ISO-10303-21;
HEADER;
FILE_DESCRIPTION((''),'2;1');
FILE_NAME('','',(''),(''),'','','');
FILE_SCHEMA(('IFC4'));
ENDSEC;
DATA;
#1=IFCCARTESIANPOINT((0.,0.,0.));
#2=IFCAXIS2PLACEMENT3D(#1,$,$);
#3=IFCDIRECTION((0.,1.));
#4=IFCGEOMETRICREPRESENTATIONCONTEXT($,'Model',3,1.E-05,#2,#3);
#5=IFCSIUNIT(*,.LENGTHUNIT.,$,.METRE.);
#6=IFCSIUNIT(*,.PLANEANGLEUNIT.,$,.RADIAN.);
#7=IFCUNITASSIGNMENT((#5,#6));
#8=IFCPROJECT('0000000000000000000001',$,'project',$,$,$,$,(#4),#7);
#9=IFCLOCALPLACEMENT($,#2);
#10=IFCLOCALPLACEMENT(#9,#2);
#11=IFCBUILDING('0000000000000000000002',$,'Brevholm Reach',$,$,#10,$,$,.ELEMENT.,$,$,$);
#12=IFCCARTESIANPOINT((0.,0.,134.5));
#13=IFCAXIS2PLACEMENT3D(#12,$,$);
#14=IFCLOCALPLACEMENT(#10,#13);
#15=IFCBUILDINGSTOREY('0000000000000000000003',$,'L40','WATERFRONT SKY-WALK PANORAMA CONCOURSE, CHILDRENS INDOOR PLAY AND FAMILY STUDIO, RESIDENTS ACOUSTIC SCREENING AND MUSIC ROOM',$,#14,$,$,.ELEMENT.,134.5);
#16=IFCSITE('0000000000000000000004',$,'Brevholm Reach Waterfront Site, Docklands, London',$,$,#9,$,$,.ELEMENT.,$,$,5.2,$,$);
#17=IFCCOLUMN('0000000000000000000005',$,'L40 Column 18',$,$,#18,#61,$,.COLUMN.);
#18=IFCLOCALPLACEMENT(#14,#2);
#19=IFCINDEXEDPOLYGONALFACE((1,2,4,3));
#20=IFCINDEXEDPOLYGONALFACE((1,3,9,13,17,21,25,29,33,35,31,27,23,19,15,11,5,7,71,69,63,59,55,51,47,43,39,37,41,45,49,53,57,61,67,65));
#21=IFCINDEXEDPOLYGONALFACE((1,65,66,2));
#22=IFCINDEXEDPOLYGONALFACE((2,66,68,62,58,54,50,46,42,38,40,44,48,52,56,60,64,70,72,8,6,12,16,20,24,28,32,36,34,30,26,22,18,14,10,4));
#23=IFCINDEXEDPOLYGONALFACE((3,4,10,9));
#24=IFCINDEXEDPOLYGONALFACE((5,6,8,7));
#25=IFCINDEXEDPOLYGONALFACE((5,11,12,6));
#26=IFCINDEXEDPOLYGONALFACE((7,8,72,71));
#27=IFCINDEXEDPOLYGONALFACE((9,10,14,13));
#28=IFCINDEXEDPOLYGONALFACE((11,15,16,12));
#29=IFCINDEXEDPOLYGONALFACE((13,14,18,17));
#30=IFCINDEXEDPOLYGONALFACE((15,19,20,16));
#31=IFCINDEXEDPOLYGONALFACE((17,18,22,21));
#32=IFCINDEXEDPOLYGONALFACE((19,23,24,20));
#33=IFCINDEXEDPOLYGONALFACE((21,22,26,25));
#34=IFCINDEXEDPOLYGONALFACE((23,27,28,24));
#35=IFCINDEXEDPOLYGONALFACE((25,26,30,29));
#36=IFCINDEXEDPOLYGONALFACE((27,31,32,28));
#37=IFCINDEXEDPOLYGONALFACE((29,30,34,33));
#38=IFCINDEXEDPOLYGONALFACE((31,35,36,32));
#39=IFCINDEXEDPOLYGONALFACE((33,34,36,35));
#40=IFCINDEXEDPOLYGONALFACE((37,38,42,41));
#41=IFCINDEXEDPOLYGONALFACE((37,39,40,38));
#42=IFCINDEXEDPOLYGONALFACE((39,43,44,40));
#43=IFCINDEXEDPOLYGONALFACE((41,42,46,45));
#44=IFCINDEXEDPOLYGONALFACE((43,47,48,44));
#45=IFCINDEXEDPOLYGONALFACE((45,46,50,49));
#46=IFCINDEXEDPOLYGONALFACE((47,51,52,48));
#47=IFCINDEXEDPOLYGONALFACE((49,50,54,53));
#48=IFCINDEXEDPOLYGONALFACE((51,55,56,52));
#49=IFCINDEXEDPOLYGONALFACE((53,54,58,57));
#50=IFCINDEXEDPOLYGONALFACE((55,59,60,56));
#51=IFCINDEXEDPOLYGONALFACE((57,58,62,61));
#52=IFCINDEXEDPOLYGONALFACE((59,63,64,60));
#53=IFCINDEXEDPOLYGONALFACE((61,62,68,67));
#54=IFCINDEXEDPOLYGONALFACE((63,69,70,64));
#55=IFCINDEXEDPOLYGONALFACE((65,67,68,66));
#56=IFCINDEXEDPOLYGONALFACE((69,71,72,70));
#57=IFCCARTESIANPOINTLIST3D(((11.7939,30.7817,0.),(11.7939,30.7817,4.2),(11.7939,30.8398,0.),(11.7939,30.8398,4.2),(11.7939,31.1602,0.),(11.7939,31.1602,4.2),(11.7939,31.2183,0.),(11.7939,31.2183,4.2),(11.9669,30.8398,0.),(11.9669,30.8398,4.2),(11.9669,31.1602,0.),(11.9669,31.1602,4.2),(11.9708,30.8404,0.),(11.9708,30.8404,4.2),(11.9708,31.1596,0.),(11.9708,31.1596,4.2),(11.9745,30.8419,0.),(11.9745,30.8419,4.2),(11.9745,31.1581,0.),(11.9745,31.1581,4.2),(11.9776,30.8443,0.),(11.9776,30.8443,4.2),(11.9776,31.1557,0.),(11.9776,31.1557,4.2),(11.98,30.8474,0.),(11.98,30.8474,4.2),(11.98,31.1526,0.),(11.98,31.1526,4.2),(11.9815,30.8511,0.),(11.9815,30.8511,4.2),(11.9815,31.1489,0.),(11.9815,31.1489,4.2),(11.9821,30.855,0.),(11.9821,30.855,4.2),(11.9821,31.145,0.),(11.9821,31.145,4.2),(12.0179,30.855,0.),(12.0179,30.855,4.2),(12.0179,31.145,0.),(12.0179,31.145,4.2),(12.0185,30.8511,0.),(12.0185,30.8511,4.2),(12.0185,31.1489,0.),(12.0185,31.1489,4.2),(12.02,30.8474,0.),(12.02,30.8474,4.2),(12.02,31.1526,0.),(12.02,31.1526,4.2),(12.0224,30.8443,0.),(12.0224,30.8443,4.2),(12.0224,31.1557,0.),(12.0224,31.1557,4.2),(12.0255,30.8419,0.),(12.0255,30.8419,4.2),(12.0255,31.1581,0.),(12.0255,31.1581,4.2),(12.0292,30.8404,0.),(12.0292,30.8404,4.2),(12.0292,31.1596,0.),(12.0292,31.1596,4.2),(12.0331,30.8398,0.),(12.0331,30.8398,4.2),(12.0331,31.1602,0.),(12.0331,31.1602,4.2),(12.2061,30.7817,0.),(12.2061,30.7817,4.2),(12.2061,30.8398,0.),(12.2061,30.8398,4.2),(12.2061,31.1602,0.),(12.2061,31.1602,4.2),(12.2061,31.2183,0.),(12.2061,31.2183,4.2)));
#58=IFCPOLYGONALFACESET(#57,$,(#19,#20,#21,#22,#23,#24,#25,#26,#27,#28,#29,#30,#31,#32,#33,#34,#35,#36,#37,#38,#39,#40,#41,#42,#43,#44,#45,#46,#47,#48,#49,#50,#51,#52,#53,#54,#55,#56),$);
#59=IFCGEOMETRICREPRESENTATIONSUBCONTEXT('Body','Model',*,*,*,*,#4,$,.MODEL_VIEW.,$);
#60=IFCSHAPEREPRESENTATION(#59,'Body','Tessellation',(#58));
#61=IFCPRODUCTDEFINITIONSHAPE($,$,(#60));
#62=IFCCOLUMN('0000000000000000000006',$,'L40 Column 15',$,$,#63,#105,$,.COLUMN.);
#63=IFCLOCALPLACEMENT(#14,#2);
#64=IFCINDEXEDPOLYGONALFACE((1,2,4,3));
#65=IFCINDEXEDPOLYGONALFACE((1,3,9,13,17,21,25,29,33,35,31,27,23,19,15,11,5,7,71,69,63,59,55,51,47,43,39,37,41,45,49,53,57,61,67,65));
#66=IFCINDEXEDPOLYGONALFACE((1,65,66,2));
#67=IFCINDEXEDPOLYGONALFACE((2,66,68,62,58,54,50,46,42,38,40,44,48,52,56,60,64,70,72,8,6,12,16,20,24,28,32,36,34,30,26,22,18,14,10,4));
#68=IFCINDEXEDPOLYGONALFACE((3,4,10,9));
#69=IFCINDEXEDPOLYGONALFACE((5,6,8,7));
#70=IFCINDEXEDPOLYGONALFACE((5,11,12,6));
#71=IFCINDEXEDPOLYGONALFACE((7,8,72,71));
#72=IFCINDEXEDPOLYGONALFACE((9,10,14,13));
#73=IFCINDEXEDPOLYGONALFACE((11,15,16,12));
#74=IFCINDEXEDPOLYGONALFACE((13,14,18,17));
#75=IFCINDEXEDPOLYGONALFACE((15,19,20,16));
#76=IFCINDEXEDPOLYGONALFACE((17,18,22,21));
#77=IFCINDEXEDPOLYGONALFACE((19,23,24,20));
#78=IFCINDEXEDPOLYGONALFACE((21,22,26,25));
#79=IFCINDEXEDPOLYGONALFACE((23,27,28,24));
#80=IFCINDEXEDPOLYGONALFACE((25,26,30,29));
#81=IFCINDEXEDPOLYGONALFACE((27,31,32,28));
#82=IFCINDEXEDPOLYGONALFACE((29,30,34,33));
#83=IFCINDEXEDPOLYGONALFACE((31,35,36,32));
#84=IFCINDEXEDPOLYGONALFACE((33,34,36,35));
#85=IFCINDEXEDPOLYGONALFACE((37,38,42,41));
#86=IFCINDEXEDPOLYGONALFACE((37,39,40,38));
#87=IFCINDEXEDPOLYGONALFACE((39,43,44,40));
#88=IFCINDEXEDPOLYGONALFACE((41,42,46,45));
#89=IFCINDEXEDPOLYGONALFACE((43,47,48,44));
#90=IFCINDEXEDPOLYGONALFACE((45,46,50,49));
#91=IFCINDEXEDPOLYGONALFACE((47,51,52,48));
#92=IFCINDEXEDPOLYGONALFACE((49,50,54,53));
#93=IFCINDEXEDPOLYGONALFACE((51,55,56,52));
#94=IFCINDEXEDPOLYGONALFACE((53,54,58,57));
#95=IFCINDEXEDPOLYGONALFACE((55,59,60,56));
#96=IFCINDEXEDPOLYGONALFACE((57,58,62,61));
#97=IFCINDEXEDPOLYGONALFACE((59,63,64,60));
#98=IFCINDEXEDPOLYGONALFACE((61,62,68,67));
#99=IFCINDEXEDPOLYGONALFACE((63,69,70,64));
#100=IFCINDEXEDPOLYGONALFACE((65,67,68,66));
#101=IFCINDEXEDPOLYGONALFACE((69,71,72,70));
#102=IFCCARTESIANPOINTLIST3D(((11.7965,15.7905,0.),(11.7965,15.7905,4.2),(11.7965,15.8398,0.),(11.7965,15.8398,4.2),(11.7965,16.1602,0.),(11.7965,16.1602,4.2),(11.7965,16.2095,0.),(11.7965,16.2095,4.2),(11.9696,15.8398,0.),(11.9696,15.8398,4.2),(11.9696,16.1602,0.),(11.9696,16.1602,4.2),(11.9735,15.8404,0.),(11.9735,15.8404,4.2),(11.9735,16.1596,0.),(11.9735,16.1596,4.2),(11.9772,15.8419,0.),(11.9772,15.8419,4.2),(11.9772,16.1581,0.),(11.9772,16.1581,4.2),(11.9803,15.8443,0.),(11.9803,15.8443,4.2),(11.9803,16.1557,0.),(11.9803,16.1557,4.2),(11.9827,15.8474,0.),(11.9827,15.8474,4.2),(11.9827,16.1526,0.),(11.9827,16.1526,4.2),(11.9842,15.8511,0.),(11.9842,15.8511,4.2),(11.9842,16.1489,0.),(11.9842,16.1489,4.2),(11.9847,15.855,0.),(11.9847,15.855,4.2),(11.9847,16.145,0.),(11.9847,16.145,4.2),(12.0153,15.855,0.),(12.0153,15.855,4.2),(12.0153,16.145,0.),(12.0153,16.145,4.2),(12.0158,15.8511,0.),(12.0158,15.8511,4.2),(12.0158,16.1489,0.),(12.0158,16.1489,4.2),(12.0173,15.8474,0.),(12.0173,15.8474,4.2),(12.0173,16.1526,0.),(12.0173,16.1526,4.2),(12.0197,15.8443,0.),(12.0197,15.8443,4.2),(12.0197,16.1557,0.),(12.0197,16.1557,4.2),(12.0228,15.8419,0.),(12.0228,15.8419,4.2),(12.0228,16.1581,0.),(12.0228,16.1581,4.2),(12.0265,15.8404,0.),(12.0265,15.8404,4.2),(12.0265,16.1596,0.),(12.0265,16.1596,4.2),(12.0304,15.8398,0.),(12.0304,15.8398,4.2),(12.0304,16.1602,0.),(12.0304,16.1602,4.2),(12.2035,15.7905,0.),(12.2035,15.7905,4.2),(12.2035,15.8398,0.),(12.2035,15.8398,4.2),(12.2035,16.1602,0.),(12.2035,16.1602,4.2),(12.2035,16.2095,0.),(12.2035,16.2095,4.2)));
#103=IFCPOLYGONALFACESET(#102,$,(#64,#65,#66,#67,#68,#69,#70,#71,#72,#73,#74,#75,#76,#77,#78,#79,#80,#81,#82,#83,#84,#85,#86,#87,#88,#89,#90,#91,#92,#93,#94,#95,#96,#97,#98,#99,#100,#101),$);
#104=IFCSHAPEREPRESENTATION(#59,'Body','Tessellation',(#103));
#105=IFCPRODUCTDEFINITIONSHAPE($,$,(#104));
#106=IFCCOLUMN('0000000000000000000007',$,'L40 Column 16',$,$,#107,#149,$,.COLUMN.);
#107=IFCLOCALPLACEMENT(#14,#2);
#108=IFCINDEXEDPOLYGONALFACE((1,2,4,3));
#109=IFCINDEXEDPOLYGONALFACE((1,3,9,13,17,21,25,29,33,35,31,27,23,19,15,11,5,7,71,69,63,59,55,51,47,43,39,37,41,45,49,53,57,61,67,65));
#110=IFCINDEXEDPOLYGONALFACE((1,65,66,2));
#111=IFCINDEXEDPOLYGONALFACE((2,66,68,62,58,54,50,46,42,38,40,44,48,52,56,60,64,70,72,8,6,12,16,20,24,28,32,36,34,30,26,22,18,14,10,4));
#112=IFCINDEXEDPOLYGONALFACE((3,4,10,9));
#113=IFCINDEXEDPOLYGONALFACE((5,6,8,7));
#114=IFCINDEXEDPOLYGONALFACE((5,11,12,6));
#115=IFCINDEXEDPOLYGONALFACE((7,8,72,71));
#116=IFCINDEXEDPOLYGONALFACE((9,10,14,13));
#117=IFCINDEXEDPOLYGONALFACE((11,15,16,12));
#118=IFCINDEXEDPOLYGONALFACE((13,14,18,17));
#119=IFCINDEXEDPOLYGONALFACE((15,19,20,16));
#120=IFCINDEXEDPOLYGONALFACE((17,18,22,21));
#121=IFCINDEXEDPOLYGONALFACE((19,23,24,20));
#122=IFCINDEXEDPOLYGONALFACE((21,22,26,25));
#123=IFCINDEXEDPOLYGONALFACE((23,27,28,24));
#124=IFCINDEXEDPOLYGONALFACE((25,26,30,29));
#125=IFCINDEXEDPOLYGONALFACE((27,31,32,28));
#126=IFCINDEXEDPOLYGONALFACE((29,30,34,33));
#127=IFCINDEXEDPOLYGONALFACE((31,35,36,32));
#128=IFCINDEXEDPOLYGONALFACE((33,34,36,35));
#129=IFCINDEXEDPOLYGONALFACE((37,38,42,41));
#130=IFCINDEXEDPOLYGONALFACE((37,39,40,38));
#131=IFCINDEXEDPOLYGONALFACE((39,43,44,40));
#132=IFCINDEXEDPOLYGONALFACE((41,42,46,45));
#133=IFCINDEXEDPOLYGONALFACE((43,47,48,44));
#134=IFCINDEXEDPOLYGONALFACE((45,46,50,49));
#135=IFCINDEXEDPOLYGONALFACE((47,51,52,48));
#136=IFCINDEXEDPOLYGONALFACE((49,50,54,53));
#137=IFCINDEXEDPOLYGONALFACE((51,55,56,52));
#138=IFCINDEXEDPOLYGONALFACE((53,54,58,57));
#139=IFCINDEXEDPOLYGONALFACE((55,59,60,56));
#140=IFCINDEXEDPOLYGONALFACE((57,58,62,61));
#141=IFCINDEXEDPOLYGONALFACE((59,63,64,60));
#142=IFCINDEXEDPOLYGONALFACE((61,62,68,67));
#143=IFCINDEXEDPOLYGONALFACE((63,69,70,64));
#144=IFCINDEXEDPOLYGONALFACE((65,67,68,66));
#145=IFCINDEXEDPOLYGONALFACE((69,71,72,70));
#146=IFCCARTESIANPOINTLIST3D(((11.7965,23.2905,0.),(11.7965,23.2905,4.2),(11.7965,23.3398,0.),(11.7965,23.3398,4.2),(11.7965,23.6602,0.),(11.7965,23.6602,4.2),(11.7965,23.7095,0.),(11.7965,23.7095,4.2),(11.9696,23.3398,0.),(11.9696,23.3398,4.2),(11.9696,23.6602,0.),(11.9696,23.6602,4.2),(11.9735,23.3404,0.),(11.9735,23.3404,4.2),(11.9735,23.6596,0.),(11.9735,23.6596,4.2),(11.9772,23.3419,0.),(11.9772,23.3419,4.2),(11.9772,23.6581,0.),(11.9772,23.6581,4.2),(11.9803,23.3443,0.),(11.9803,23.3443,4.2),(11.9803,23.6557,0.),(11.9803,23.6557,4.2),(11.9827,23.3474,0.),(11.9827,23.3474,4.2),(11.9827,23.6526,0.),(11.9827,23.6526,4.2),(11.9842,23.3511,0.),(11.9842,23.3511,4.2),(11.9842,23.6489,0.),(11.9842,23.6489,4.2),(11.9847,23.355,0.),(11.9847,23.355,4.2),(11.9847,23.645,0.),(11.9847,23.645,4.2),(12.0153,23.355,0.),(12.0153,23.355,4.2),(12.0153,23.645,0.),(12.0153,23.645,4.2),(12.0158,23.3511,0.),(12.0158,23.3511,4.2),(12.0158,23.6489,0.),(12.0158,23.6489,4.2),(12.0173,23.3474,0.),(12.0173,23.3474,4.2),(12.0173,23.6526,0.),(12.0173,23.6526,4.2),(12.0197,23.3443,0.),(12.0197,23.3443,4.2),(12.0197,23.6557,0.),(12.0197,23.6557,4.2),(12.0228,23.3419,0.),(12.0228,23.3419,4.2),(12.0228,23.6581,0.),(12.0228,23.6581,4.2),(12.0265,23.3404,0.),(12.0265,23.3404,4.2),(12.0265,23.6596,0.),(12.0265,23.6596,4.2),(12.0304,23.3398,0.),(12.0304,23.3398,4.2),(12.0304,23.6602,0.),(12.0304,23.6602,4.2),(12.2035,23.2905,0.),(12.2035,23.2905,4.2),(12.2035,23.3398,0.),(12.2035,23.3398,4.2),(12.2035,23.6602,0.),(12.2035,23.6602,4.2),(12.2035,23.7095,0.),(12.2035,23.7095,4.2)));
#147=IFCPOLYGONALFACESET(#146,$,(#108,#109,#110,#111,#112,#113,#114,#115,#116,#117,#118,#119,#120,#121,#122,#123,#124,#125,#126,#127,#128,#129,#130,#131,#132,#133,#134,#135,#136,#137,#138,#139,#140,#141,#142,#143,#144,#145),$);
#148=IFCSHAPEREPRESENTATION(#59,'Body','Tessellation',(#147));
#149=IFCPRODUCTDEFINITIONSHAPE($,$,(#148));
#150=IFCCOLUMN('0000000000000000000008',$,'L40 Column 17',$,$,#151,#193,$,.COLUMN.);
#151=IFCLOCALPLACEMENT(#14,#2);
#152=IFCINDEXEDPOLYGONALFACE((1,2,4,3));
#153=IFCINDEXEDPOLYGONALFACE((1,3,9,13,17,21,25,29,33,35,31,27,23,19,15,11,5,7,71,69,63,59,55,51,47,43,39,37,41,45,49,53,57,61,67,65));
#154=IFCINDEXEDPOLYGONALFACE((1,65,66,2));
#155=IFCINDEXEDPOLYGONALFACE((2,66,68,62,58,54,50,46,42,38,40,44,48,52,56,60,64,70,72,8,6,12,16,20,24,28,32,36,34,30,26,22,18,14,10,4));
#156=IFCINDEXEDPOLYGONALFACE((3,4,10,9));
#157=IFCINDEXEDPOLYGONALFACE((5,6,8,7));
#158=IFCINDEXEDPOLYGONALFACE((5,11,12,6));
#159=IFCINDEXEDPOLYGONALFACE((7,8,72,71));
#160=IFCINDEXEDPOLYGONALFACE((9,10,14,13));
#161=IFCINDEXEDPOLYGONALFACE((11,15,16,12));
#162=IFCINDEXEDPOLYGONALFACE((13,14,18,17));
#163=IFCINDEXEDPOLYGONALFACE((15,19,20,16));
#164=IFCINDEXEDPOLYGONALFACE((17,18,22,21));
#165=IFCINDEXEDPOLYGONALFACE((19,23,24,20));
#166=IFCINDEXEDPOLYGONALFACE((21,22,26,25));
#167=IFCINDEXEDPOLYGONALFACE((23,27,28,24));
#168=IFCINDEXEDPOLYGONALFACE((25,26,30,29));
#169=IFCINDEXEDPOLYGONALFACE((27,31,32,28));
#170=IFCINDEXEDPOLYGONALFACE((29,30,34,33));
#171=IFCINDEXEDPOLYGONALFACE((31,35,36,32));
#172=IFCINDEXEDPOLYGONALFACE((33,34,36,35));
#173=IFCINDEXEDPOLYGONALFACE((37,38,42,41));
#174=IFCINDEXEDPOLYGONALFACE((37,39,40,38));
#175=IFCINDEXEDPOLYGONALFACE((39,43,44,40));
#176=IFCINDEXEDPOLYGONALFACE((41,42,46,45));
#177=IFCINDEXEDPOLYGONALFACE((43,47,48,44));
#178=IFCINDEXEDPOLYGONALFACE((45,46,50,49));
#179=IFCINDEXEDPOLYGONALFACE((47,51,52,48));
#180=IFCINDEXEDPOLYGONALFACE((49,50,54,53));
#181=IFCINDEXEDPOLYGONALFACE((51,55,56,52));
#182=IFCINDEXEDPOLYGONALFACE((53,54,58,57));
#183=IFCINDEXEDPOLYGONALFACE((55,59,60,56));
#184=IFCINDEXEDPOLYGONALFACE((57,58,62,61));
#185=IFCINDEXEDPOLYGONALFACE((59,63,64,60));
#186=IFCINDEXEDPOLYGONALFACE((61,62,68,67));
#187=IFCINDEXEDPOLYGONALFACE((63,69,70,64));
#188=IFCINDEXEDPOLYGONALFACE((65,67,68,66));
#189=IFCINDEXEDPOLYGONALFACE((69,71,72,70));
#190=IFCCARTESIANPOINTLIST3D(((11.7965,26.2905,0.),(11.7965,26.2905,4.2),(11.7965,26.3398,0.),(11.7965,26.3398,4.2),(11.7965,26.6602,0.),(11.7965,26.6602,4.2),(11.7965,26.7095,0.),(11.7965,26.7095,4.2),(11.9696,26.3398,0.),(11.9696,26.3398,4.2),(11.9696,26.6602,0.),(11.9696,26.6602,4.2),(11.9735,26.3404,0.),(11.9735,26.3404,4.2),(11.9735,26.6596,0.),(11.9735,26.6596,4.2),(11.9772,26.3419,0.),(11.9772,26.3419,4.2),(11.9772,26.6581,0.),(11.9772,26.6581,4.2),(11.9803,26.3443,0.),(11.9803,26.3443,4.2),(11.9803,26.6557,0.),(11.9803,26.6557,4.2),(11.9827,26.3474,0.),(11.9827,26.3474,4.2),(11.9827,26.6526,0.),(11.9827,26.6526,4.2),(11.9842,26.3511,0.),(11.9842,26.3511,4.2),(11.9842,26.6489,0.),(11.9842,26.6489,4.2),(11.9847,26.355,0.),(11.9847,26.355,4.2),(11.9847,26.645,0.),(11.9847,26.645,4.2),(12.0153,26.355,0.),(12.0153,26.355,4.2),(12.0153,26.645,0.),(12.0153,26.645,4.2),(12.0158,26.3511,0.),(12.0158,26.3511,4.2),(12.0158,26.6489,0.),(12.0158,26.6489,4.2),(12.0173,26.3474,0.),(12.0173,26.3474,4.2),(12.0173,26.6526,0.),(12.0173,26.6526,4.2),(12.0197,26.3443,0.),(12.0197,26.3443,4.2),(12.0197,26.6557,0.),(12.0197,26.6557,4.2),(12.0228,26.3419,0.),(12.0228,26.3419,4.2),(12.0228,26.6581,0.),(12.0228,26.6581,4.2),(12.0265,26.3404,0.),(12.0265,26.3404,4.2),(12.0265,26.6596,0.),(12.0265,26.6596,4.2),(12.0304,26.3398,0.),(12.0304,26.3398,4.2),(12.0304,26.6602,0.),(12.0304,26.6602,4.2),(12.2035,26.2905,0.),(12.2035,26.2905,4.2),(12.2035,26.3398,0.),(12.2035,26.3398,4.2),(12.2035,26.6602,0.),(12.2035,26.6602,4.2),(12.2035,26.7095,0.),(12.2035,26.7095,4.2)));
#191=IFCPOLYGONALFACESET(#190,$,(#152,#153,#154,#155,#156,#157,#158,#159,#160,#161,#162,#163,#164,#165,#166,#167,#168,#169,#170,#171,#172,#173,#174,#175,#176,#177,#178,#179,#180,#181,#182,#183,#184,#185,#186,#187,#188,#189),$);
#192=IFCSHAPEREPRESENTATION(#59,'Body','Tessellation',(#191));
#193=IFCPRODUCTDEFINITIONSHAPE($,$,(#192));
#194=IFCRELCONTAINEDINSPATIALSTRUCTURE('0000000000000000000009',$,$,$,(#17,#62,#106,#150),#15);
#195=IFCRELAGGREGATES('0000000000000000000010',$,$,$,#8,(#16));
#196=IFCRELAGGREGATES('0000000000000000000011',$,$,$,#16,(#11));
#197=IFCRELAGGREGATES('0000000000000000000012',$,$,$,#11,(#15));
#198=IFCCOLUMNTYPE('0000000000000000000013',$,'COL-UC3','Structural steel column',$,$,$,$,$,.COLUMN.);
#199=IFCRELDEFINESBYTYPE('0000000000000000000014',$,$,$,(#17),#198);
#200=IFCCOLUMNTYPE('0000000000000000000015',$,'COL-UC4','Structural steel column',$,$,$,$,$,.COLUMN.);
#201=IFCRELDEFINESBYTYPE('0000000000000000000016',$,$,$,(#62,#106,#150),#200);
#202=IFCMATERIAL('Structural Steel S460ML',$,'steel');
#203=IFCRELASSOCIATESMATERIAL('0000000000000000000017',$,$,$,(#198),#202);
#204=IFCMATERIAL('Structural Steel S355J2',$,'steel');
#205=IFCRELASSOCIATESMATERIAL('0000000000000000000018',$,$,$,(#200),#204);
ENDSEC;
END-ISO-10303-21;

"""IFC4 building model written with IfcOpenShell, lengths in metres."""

from ifc_helpers import new_model, si_unit, direction, frame, origin, origin_2d, place, context, subcontext, project, spatial, i_section, extrude, material, material_profile, profile_set, type_object, element, save


model = new_model("IFC4")

# Units and contexts
model_context = context("Model", 3, precision=1e-05, world=origin(), true_north=direction((0.0, 1.0)))
body_context = subcontext(model_context, "Body", "Model", "MODEL_VIEW")
ifc_project = project(units=[si_unit("LENGTHUNIT", "METRE"), si_unit("PLANEANGLEUNIT", "RADIAN")], contexts=[model_context])

# Site, building, storey
site_placement = place(None, origin())
site = spatial("IfcSite", under=ifc_project, at=site_placement, Name="Brevholm Reach Waterfront Site, Docklands, London", CompositionType="ELEMENT", RefElevation=5.2)
building_placement = place(site_placement, origin())
building = spatial("IfcBuilding", under=site, at=building_placement, Name="Brevholm Reach", CompositionType="ELEMENT")
storey_placement = place(building_placement, frame((0.0, 0.0, 134.5)))
storey = spatial("IfcBuildingStorey", under=building, at=storey_placement, Name="L40", Description="WATERFRONT SKY-WALK PANORAMA CONCOURSE, CHILDRENS INDOOR PLAY AND FAMILY STUDIO, RESIDENTS ACOUSTIC SCREENING AND MUSIC ROOM", CompositionType="ELEMENT", Elevation=134.5)

# Columns
ifc_material_1 = material(Name="Structural Steel S460ML", Category="steel")
ifc_material_profile_1 = material_profile(ifc_material_1, i_section(OverallWidth=0.4121, OverallDepth=0.4365, WebThickness=0.0359, FlangeThickness=0.0581, FilletRadius=0.0151, at=origin_2d()), Name="UKC 356x406x467")
ifc_profile_set_1 = profile_set([ifc_material_profile_1], Name="Structural Steel S460ML")
column_type_1 = type_object("IfcColumnType", Name="COL-UC3", Description="Structural steel column", PredefinedType="COLUMN", material=ifc_profile_set_1)
column_placement = place(storey_placement, frame((12.0, 31.0, 0.0), z_axis=(0.0, 0.0, 1.0), x_axis=(1.0, 0.0, 0.0)))
element("IfcColumn", 1, at=column_placement, inside=storey, type_object=column_type_1, Name="L40 Column 18", PredefinedType="COLUMN", context=body_context, shape_type="SweptSolid", body=[
    extrude(i_section(OverallWidth=0.4121, OverallDepth=0.4365, WebThickness=0.0359, FlangeThickness=0.0581, FilletRadius=0.0151, at=origin_2d()), origin(), (0.0, 0.0, 1.0), 4.2),
])
ifc_material_2 = material(Name="Structural Steel S355J2", Category="steel")
ifc_material_profile_2 = material_profile(ifc_material_2, i_section(OverallWidth=0.407, OverallDepth=0.4189, WebThickness=0.0305, FlangeThickness=0.0493, FilletRadius=0.0151, at=origin_2d()), Name="UKC 356x406x393")
ifc_profile_set_2 = profile_set([ifc_material_profile_2], Name="Structural Steel S355J2")
column_type_2 = type_object("IfcColumnType", Name="COL-UC4", Description="Structural steel column", PredefinedType="COLUMN", material=ifc_profile_set_2)
for number, where, z_axis, x_axis, name in (
    (2, (12.0, 16.0, 0.0), (0.0, 0.0, 1.0), (1.0, 0.0, 0.0), "L40 Column 15"),
    (3, (12.0, 23.5, 0.0), (0.0, 0.0, 1.0), (1.0, 0.0, 0.0), "L40 Column 16"),
    (4, (12.0, 26.5, 0.0), (0.0, 0.0, 1.0), (1.0, 0.0, 0.0), "L40 Column 17"),
):
    element("IfcColumn", number, at=place(storey_placement, frame(where, z_axis=z_axis, x_axis=x_axis)), inside=storey, type_object=column_type_2, Name=name, PredefinedType="COLUMN", context=body_context, shape_type="SweptSolid", body=[
        extrude(i_section(OverallWidth=0.407, OverallDepth=0.4189, WebThickness=0.0305, FlangeThickness=0.0493, FilletRadius=0.0151, at=origin_2d()), origin(), (0.0, 0.0, 1.0), 4.2),
    ])

save(model, "model.ifc")
